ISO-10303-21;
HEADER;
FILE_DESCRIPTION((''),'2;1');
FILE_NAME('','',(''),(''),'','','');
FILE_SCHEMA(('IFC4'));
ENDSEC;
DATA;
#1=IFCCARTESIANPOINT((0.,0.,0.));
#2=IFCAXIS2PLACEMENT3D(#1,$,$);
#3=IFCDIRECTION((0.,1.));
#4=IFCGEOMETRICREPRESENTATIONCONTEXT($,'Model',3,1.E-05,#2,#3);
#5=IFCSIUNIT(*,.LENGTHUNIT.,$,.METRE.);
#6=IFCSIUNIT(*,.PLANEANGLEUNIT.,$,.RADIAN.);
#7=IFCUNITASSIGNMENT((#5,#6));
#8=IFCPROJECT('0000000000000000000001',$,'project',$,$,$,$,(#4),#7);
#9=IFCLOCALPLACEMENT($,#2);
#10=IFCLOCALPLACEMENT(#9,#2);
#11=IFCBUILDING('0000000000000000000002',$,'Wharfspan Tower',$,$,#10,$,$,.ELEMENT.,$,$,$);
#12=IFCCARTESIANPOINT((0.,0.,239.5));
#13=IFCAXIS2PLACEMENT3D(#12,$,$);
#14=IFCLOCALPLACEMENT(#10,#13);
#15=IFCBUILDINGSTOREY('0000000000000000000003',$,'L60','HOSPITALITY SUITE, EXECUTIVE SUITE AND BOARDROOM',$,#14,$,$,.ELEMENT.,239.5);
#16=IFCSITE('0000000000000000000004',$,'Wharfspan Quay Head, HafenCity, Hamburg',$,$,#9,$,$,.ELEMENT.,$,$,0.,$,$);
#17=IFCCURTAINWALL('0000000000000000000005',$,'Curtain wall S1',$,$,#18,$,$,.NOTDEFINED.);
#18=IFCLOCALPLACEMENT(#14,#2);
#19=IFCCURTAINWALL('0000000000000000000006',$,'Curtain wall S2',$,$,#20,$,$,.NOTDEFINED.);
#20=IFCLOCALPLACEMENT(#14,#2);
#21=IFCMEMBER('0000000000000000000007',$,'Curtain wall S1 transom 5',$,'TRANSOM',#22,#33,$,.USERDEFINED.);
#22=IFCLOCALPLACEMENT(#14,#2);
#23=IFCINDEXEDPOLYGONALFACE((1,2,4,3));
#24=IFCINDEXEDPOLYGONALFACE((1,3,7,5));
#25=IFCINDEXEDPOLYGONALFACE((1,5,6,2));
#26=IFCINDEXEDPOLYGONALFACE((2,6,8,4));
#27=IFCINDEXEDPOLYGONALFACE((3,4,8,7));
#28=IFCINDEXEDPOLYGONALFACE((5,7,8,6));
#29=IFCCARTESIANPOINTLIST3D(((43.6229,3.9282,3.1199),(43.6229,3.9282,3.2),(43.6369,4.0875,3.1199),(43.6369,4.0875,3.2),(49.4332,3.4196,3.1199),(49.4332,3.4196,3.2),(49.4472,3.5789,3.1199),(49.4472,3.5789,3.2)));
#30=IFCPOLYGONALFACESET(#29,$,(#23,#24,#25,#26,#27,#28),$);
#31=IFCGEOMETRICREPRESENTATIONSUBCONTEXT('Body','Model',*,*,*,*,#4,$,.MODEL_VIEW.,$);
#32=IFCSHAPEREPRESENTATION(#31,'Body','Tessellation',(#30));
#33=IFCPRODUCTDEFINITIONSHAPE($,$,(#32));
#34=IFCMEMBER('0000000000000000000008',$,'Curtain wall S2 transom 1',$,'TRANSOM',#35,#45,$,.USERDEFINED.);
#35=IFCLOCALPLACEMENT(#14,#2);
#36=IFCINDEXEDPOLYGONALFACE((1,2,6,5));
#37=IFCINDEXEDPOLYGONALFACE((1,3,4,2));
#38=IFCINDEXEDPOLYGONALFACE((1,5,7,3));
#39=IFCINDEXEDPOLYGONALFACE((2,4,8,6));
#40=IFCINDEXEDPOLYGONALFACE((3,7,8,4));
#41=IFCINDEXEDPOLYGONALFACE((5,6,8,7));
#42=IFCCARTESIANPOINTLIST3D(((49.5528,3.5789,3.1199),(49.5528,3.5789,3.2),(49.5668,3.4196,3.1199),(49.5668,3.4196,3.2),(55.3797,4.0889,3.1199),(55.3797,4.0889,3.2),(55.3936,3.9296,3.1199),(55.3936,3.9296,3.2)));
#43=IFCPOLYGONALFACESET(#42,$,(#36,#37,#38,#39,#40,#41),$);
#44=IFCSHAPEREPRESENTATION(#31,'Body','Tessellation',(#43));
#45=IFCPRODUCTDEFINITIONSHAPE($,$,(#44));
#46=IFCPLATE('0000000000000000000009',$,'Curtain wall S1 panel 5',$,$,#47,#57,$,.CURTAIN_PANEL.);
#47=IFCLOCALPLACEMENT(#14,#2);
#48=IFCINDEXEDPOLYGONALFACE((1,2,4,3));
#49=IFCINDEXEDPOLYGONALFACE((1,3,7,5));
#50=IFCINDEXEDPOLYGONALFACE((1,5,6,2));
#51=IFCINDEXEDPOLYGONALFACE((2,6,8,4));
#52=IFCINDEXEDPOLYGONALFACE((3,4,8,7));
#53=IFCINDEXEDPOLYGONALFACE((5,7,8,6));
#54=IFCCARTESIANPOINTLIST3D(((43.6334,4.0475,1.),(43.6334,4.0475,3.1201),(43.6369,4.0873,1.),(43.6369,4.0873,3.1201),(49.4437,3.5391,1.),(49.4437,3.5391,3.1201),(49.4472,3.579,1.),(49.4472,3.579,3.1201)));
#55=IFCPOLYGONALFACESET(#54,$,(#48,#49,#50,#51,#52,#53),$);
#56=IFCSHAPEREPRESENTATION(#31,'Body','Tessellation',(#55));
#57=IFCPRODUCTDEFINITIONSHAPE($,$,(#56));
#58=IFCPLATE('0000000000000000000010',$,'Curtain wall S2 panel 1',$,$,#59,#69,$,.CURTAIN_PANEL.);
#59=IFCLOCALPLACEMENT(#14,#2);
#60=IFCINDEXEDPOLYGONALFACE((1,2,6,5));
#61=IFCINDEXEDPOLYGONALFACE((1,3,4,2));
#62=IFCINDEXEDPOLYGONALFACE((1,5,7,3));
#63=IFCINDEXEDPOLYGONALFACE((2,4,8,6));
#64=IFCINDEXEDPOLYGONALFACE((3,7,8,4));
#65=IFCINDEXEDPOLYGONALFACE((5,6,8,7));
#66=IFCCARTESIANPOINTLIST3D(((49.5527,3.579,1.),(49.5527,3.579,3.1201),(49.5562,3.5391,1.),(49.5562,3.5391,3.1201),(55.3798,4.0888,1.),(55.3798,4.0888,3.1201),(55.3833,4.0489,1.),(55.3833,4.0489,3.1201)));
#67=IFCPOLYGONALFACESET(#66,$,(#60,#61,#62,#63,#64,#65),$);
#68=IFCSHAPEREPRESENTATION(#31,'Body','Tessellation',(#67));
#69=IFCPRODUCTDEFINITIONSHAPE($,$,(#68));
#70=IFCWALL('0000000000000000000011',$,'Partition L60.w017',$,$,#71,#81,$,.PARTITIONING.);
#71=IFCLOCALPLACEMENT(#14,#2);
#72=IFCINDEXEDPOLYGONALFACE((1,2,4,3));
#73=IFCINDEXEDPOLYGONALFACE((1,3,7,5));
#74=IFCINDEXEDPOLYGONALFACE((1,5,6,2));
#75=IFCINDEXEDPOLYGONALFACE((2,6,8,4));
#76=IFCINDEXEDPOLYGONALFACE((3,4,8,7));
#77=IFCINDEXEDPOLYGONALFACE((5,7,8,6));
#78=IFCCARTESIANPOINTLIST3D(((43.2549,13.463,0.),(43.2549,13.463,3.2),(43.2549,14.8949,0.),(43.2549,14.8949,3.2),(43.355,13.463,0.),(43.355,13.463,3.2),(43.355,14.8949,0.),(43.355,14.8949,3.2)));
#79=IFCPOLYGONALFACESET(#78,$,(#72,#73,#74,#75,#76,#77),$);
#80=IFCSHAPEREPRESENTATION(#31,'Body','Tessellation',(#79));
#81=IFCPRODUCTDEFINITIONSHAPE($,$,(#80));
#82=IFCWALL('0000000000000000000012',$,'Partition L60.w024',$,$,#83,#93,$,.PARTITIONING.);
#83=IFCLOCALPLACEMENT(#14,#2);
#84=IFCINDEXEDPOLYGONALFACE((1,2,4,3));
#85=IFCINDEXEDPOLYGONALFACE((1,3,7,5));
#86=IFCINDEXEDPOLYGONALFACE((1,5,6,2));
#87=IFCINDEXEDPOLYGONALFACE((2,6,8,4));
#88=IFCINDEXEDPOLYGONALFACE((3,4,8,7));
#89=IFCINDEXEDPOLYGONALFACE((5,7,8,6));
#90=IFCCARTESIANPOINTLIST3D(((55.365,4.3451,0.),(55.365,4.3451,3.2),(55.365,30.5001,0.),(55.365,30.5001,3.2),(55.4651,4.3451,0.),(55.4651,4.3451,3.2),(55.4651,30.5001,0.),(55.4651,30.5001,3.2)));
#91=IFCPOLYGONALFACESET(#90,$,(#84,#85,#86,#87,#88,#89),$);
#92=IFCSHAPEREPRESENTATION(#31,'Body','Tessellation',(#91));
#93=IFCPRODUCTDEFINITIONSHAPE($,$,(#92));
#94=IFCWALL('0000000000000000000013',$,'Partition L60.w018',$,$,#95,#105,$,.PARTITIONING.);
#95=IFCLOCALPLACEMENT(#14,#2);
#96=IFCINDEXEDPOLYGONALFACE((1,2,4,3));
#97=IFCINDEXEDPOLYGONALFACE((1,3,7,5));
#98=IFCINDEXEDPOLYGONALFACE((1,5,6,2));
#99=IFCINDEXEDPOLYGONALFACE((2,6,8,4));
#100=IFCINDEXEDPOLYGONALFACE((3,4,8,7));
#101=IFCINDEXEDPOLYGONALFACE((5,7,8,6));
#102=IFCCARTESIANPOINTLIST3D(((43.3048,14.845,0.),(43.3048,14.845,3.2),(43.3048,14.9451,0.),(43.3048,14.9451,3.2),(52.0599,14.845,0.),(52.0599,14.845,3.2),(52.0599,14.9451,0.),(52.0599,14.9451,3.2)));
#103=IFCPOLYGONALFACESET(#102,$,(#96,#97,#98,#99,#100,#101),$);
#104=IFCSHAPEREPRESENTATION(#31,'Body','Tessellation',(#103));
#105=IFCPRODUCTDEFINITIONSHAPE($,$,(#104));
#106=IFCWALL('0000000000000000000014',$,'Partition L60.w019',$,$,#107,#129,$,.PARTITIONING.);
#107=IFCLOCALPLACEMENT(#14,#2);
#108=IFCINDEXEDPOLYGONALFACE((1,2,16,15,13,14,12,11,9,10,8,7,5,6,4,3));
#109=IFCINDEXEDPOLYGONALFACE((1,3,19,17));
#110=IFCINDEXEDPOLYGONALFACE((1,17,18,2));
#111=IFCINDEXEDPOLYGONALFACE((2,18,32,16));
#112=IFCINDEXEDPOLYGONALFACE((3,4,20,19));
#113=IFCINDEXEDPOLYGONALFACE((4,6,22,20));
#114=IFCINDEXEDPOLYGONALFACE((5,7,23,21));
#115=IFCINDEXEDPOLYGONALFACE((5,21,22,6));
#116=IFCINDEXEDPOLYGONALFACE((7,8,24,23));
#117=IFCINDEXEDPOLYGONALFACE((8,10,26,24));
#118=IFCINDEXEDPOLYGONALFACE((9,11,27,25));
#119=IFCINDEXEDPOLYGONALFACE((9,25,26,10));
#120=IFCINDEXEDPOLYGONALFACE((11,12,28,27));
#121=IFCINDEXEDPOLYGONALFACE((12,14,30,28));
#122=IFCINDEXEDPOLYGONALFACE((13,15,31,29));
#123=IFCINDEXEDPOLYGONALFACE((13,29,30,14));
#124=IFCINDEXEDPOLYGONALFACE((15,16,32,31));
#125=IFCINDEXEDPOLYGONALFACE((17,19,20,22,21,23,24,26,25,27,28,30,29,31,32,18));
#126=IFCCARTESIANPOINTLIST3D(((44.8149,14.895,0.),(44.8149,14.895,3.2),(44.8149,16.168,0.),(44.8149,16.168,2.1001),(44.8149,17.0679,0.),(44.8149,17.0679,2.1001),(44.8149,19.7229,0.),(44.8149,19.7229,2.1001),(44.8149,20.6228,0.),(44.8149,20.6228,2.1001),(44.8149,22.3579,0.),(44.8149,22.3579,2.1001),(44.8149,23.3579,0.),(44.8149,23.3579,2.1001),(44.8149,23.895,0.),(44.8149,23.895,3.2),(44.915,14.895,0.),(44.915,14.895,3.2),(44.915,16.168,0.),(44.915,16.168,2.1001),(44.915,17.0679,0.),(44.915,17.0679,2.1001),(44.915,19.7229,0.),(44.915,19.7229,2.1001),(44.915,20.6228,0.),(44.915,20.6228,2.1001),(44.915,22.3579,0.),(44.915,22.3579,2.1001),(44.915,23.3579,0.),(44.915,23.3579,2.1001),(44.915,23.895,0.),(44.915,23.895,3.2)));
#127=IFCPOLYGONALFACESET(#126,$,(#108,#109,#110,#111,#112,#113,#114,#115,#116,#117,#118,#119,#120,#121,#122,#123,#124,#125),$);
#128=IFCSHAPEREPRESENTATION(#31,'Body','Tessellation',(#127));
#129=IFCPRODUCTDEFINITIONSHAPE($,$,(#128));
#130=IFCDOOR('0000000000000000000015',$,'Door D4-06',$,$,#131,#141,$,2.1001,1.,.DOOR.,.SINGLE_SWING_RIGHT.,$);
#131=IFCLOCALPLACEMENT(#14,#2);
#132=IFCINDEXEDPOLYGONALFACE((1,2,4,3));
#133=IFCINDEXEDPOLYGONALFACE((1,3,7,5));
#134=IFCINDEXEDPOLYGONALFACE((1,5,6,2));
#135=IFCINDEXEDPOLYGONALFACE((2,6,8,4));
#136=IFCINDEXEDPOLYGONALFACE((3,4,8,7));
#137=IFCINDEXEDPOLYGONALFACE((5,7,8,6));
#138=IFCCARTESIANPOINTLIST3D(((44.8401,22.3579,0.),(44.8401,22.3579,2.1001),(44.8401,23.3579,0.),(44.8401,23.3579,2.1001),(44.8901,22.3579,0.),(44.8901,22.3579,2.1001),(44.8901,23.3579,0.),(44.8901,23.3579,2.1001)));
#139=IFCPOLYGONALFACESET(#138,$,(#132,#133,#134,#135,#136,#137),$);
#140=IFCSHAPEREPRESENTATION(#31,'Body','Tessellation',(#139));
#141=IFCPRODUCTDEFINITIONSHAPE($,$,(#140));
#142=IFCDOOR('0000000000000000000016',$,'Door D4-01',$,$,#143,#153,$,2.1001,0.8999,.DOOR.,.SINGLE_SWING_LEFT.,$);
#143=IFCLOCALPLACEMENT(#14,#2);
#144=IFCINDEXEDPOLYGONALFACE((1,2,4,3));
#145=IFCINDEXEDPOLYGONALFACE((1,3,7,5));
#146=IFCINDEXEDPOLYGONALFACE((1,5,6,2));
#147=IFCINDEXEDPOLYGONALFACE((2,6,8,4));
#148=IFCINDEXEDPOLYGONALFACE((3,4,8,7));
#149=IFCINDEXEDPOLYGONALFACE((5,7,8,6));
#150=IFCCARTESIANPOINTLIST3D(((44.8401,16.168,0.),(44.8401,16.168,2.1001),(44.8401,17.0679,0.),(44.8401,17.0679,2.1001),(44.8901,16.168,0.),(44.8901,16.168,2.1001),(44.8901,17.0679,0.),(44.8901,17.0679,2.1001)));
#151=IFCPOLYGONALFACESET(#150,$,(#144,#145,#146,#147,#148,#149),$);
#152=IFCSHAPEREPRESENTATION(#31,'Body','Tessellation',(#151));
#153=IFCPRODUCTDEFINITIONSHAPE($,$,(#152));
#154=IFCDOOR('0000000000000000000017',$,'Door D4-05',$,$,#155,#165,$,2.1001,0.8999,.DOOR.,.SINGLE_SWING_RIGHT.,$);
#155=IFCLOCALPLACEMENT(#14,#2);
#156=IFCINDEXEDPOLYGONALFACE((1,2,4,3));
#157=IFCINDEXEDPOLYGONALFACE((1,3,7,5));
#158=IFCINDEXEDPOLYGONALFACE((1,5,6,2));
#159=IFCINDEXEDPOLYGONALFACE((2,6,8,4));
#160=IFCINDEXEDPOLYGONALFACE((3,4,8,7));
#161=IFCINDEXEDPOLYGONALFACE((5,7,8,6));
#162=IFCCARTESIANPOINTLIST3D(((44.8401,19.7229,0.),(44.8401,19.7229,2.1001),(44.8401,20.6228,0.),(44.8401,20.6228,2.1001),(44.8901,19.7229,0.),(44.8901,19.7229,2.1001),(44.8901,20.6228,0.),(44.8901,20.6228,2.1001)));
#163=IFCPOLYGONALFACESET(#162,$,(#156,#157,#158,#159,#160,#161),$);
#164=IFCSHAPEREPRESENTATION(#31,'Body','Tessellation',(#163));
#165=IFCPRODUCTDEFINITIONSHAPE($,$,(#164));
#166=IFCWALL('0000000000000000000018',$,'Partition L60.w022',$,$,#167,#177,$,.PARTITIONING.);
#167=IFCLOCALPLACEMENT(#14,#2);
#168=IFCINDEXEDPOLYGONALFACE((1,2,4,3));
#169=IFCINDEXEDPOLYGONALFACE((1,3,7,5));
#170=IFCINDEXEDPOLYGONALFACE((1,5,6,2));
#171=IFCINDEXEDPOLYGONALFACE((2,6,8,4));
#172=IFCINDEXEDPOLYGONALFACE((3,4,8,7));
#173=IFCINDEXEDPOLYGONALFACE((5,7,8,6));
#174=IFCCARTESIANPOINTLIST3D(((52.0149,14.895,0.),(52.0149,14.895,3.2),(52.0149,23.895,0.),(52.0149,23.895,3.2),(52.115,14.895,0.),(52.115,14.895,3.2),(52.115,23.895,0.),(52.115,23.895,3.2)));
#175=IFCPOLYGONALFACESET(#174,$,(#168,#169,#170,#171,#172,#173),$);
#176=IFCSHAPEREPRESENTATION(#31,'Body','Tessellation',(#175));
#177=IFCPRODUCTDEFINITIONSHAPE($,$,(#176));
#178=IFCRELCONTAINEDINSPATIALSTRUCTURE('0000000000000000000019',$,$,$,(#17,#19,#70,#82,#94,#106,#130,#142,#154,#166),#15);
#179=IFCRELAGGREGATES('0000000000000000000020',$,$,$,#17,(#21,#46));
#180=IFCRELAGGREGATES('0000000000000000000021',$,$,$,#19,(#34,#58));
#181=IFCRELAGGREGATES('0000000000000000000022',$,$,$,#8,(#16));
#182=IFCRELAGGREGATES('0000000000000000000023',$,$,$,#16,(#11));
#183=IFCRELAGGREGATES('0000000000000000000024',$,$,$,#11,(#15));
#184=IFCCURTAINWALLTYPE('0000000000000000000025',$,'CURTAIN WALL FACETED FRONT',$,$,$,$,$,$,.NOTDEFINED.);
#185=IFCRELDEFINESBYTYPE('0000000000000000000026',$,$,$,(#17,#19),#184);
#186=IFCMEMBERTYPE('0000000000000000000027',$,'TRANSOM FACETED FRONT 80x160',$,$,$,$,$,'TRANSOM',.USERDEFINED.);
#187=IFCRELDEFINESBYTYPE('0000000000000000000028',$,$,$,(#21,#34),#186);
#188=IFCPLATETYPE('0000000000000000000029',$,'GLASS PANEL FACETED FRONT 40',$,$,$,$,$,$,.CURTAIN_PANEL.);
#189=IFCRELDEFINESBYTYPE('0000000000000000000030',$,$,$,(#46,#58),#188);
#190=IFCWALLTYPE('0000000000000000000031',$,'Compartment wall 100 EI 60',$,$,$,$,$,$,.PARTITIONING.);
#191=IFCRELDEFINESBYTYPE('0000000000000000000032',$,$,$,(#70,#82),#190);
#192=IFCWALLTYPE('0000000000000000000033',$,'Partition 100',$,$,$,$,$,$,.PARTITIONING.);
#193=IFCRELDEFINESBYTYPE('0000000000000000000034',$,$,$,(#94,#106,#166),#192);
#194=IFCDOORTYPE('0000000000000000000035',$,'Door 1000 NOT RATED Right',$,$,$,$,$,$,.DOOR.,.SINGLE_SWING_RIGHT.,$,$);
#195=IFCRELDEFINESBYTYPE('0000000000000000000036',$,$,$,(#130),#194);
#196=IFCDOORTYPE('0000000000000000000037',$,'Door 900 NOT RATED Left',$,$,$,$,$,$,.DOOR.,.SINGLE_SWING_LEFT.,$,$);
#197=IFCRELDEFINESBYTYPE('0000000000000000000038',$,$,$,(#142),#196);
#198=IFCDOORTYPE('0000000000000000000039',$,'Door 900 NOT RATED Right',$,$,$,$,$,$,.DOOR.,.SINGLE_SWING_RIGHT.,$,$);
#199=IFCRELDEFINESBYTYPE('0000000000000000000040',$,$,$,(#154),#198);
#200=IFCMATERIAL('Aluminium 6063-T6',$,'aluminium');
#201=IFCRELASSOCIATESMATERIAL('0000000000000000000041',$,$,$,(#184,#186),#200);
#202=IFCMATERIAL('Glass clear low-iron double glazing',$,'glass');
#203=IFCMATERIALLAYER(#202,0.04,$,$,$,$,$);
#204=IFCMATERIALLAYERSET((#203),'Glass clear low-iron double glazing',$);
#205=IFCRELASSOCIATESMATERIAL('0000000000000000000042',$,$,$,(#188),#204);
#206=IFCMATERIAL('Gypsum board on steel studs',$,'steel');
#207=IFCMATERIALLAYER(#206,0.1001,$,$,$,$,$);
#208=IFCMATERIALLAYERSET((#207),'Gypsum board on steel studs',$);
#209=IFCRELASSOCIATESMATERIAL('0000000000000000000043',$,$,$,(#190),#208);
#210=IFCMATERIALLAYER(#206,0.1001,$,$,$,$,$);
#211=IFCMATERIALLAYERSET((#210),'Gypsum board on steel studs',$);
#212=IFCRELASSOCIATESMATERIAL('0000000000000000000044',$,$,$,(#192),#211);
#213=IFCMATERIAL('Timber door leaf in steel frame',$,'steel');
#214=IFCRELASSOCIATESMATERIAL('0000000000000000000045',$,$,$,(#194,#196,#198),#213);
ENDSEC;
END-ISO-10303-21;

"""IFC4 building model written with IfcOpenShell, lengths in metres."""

from ifc_helpers import new_model, si_unit, direction, frame, frame_2d, origin, origin_2d, place, context, subcontext, project, spatial, rectangle, extrude, material, layer, layer_set, material_profile, profile_set, type_object, element, fill, aggregate, save


model = new_model("IFC4")

# Units and contexts
model_context = context("Model", 3, precision=1e-05, world=origin(), true_north=direction((0.0, 1.0)))
body_context = subcontext(model_context, "Body", "Model", "MODEL_VIEW")
ifc_project = project(units=[si_unit("LENGTHUNIT", "METRE"), si_unit("PLANEANGLEUNIT", "RADIAN")], contexts=[model_context])

# Site, building, storey
site_placement = place(None, origin())
site = spatial("IfcSite", under=ifc_project, at=site_placement, Name="Wharfspan Quay Head, HafenCity, Hamburg", CompositionType="ELEMENT", RefElevation=0.0)
building_placement = place(site_placement, origin())
building = spatial("IfcBuilding", under=site, at=building_placement, Name="Wharfspan Tower", CompositionType="ELEMENT")
storey_placement = place(building_placement, frame((0.0, 0.0, 239.5)))
storey = spatial("IfcBuildingStorey", under=building, at=storey_placement, Name="L60", Description="HOSPITALITY SUITE, EXECUTIVE SUITE AND BOARDROOM", CompositionType="ELEMENT", Elevation=239.5)

# Curtain wall
ifc_material_1 = material(Name="Aluminium 6063-T6", Category="aluminium")
curtain_wall_type = type_object("IfcCurtainWallType", Name="CURTAIN WALL FACETED FRONT", PredefinedType="NOTDEFINED", material=ifc_material_1)
curtain_wall_1_placement = place(storey_placement, origin())
curtain_wall_1 = element("IfcCurtainWall", 1, at=curtain_wall_1_placement, inside=storey, type_object=curtain_wall_type, Name="Curtain wall S1", PredefinedType="NOTDEFINED")

# Curtain wall
curtain_wall_2_placement = place(storey_placement, origin())
curtain_wall_2 = element("IfcCurtainWall", 2, at=curtain_wall_2_placement, inside=storey, type_object=curtain_wall_type, Name="Curtain wall S2", PredefinedType="NOTDEFINED")

# Members
ifc_material_profile_1 = material_profile(ifc_material_1, rectangle(XDim=0.1599, YDim=0.0801, at=origin_2d()))
ifc_profile_set_1 = profile_set([ifc_material_profile_1], Name="Aluminium 6063-T6")
member_type_1 = type_object("IfcMemberType", Name="TRANSOM FACETED FRONT 80x160", ElementType="TRANSOM", PredefinedType="USERDEFINED", material=ifc_profile_set_1)
member_1_placement = place(storey_placement, frame((43.6299, 4.0078, 3.1599), z_axis=(0.996192, -0.087191, 0.0), x_axis=(0.087191, 0.996192, 0.0)))
member_1 = element("IfcMember", 3, at=member_1_placement, type_object=member_type_1, Name="Curtain wall S1 transom 5", ObjectType="TRANSOM", PredefinedType="USERDEFINED", context=body_context, shape_type="SweptSolid", body=[
    extrude(rectangle(XDim=0.1599, YDim=0.0801, at=origin_2d()), origin(), (0.0, 0.0, 1.0), 5.8325),
])
member_2_placement = place(storey_placement, frame((49.5598, 3.4993, 3.1599), z_axis=(0.996191, 0.087193, 0.0), x_axis=(-0.087193, 0.996191, 0.0)))
member_2 = element("IfcMember", 4, at=member_2_placement, type_object=member_type_1, Name="Curtain wall S2 transom 1", ObjectType="TRANSOM", PredefinedType="USERDEFINED", context=body_context, shape_type="SweptSolid", body=[
    extrude(rectangle(XDim=0.1599, YDim=0.0801, at=origin_2d()), origin(), (0.0, 0.0, 1.0), 5.8491),
])

# Plates
ifc_material_2 = material(Name="Glass clear low-iron double glazing", Category="glass")
ifc_layer_1 = layer(ifc_material_2, 0.04)
ifc_layer_set_1 = layer_set([ifc_layer_1], Name="Glass clear low-iron double glazing")
plate_type = type_object("IfcPlateType", Name="GLASS PANEL FACETED FRONT 40", PredefinedType="CURTAIN_PANEL", material=ifc_layer_set_1)
plate_1_placement = place(storey_placement, frame((46.5403, 3.8132, 1.0), z_axis=(0.0, 0.0, 1.0), x_axis=(0.996197, -0.087156, 0.0)))
plate_1 = element("IfcPlate", 5, at=plate_1_placement, type_object=plate_type, Name="Curtain wall S1 panel 5", PredefinedType="CURTAIN_PANEL", context=body_context, shape_type="SweptSolid", body=[
    extrude(rectangle(XDim=5.8325, YDim=0.04, at=origin_2d()), origin(), (0.0, 0.0, 1.0), 2.1201),
])
aggregate(curtain_wall_1, [member_1, plate_1])
plate_2_placement = place(storey_placement, frame((52.468, 3.814, 1.0), z_axis=(0.0, 0.0, 1.0), x_axis=(0.996197, 0.087156, 0.0)))
plate_2 = element("IfcPlate", 6, at=plate_2_placement, type_object=plate_type, Name="Curtain wall S2 panel 1", PredefinedType="CURTAIN_PANEL", context=body_context, shape_type="SweptSolid", body=[
    extrude(rectangle(XDim=5.8494, YDim=0.04, at=origin_2d()), origin(), (0.0, 0.0, 1.0), 2.1201),
])
aggregate(curtain_wall_2, [member_2, plate_2])

# Walls
ifc_material_3 = material(Name="Gypsum board on steel studs", Category="steel")
ifc_layer_2 = layer(ifc_material_3, 0.1001)
ifc_layer_set_2 = layer_set([ifc_layer_2], Name="Gypsum board on steel studs")
wall_type_1 = type_object("IfcWallType", Name="Compartment wall 100 EI 60", PredefinedType="PARTITIONING", material=ifc_layer_set_2)
wall_1_placement = place(storey_placement, frame((43.3049, 13.4631, 0.0), z_axis=(0.0, 0.0, 1.0), x_axis=(0.0, 1.0, 0.0)))
element("IfcWall", 7, at=wall_1_placement, inside=storey, type_object=wall_type_1, Name="Partition L60.w017", PredefinedType="PARTITIONING", context=body_context, shape_type="SweptSolid", body=[
    extrude(rectangle(XDim=1.4319, YDim=0.1001, at=frame_2d((0.7158, 0.0))), origin(), (0.0, 0.0, 1.0), 3.2),
])
wall_2_placement = place(storey_placement, frame((55.415, 4.345, 0.0), z_axis=(0.0, 0.0, 1.0), x_axis=(0.0, 1.0, 0.0)))
element("IfcWall", 8, at=wall_2_placement, inside=storey, type_object=wall_type_1, Name="Partition L60.w024", PredefinedType="PARTITIONING", context=body_context, shape_type="SweptSolid", body=[
    extrude(rectangle(XDim=26.155, YDim=0.1001, at=frame_2d((13.0776, 0.0))), origin(), (0.0, 0.0, 1.0), 3.2),
])
ifc_layer_3 = layer(ifc_material_3, 0.1001)
ifc_layer_set_3 = layer_set([ifc_layer_3], Name="Gypsum board on steel studs")
wall_type_2 = type_object("IfcWallType", Name="Partition 100", PredefinedType="PARTITIONING", material=ifc_layer_set_3)
wall_3_placement = place(storey_placement, frame((43.3049, 14.895, 0.0), z_axis=(0.0, 0.0, 1.0), x_axis=(1.0, 0.0, 0.0)))
element("IfcWall", 9, at=wall_3_placement, inside=storey, type_object=wall_type_2, Name="Partition L60.w018", PredefinedType="PARTITIONING", context=body_context, shape_type="SweptSolid", body=[
    extrude(rectangle(XDim=8.7551, YDim=0.1001, at=frame_2d((4.3774, 0.0))), origin(), (0.0, 0.0, 1.0), 3.2),
])

# Wall, openings, doors
wall_4_placement = place(storey_placement, frame((44.865, 14.895, 0.0), z_axis=(0.0, 0.0, 1.0), x_axis=(0.0, 1.0, 0.0)))
wall_4 = element("IfcWall", 10, at=wall_4_placement, inside=storey, type_object=wall_type_2, Name="Partition L60.w019", PredefinedType="PARTITIONING", context=body_context, shape_type="SweptSolid", body=[
    extrude(rectangle(XDim=9.0, YDim=0.1001, at=frame_2d((4.5, 0.0))), origin(), (0.0, 0.0, 1.0), 3.2),
])
opening_1_placement = place(wall_4_placement, frame((1.2729, 0.0, 0.0)))
opening_1 = element("IfcOpeningElement", 11, at=opening_1_placement, cuts=wall_4, PredefinedType="OPENING", context=body_context, shape_type="SweptSolid", body=[
    extrude(rectangle(XDim=0.8999, YDim=2.1001, at=frame_2d((0.45, 1.05))), frame((0.0, 0.0601, 0.0), z_axis=(0.0, -1.0, 0.0), x_axis=(1.0, 0.0, 0.0)), (0.0, 0.0, 1.0), 0.1201),
])
opening_2_placement = place(wall_4_placement, frame((4.8279, 0.0, 0.0)))
opening_2 = element("IfcOpeningElement", 12, at=opening_2_placement, cuts=wall_4, PredefinedType="OPENING", context=body_context, shape_type="SweptSolid", body=[
    extrude(rectangle(XDim=0.8999, YDim=2.1001, at=frame_2d((0.45, 1.05))), frame((0.0, 0.0601, 0.0), z_axis=(0.0, -1.0, 0.0), x_axis=(1.0, 0.0, 0.0)), (0.0, 0.0, 1.0), 0.1201),
])
opening_3_placement = place(wall_4_placement, frame((7.4629, 0.0, 0.0)))
opening_3 = element("IfcOpeningElement", 13, at=opening_3_placement, cuts=wall_4, PredefinedType="OPENING", context=body_context, shape_type="SweptSolid", body=[
    extrude(rectangle(XDim=1.0, YDim=2.1001, at=frame_2d((0.5, 1.05))), frame((0.0, 0.0601, 0.0), z_axis=(0.0, -1.0, 0.0), x_axis=(1.0, 0.0, 0.0)), (0.0, 0.0, 1.0), 0.1201),
])
ifc_material_4 = material(Name="Timber door leaf in steel frame", Category="steel")
door_type_1 = type_object("IfcDoorType", Name="Door 1000 NOT RATED Right", OperationType="SINGLE_SWING_RIGHT", PredefinedType="DOOR", material=ifc_material_4)
door_1_placement = place(opening_3_placement, origin())
door_1 = element("IfcDoor", 14, at=door_1_placement, inside=storey, type_object=door_type_1, Name="Door D4-06", OperationType="SINGLE_SWING_RIGHT", OverallHeight=2.1001, OverallWidth=1.0, PredefinedType="DOOR", context=body_context, shape_type="SweptSolid", body=[
    extrude(rectangle(XDim=1.0, YDim=2.1001, at=frame_2d((0.5, 1.05))), frame((0.0, 0.0249, 0.0), z_axis=(0.0, -1.0, 0.0), x_axis=(1.0, 0.0, 0.0)), (0.0, 0.0, 1.0), 0.05),
])
fill(opening_3, door_1)
door_type_2 = type_object("IfcDoorType", Name="Door 900 NOT RATED Left", OperationType="SINGLE_SWING_LEFT", PredefinedType="DOOR", material=ifc_material_4)
door_2_placement = place(opening_1_placement, origin())
door_2 = element("IfcDoor", 15, at=door_2_placement, inside=storey, type_object=door_type_2, Name="Door D4-01", OperationType="SINGLE_SWING_LEFT", OverallHeight=2.1001, OverallWidth=0.8999, PredefinedType="DOOR", context=body_context, shape_type="SweptSolid", body=[
    extrude(rectangle(XDim=0.8999, YDim=2.1001, at=frame_2d((0.45, 1.05))), frame((0.0, 0.0249, 0.0), z_axis=(0.0, -1.0, 0.0), x_axis=(1.0, 0.0, 0.0)), (0.0, 0.0, 1.0), 0.05),
])
fill(opening_1, door_2)
door_type_3 = type_object("IfcDoorType", Name="Door 900 NOT RATED Right", OperationType="SINGLE_SWING_RIGHT", PredefinedType="DOOR", material=ifc_material_4)
door_3_placement = place(opening_2_placement, origin())
door_3 = element("IfcDoor", 16, at=door_3_placement, inside=storey, type_object=door_type_3, Name="Door D4-05", OperationType="SINGLE_SWING_RIGHT", OverallHeight=2.1001, OverallWidth=0.8999, PredefinedType="DOOR", context=body_context, shape_type="SweptSolid", body=[
    extrude(rectangle(XDim=0.8999, YDim=2.1001, at=frame_2d((0.45, 1.05))), frame((0.0, 0.0249, 0.0), z_axis=(0.0, -1.0, 0.0), x_axis=(1.0, 0.0, 0.0)), (0.0, 0.0, 1.0), 0.05),
])
fill(opening_2, door_3)

# Wall
wall_5_placement = place(storey_placement, frame((52.0649, 14.895, 0.0), z_axis=(0.0, 0.0, 1.0), x_axis=(0.0, 1.0, 0.0)))
element("IfcWall", 17, at=wall_5_placement, inside=storey, type_object=wall_type_2, Name="Partition L60.w022", PredefinedType="PARTITIONING", context=body_context, shape_type="SweptSolid", body=[
    extrude(rectangle(XDim=9.0, YDim=0.1001, at=frame_2d((4.5, 0.0))), origin(), (0.0, 0.0, 1.0), 3.2),
])

save(model, "model.ifc")
